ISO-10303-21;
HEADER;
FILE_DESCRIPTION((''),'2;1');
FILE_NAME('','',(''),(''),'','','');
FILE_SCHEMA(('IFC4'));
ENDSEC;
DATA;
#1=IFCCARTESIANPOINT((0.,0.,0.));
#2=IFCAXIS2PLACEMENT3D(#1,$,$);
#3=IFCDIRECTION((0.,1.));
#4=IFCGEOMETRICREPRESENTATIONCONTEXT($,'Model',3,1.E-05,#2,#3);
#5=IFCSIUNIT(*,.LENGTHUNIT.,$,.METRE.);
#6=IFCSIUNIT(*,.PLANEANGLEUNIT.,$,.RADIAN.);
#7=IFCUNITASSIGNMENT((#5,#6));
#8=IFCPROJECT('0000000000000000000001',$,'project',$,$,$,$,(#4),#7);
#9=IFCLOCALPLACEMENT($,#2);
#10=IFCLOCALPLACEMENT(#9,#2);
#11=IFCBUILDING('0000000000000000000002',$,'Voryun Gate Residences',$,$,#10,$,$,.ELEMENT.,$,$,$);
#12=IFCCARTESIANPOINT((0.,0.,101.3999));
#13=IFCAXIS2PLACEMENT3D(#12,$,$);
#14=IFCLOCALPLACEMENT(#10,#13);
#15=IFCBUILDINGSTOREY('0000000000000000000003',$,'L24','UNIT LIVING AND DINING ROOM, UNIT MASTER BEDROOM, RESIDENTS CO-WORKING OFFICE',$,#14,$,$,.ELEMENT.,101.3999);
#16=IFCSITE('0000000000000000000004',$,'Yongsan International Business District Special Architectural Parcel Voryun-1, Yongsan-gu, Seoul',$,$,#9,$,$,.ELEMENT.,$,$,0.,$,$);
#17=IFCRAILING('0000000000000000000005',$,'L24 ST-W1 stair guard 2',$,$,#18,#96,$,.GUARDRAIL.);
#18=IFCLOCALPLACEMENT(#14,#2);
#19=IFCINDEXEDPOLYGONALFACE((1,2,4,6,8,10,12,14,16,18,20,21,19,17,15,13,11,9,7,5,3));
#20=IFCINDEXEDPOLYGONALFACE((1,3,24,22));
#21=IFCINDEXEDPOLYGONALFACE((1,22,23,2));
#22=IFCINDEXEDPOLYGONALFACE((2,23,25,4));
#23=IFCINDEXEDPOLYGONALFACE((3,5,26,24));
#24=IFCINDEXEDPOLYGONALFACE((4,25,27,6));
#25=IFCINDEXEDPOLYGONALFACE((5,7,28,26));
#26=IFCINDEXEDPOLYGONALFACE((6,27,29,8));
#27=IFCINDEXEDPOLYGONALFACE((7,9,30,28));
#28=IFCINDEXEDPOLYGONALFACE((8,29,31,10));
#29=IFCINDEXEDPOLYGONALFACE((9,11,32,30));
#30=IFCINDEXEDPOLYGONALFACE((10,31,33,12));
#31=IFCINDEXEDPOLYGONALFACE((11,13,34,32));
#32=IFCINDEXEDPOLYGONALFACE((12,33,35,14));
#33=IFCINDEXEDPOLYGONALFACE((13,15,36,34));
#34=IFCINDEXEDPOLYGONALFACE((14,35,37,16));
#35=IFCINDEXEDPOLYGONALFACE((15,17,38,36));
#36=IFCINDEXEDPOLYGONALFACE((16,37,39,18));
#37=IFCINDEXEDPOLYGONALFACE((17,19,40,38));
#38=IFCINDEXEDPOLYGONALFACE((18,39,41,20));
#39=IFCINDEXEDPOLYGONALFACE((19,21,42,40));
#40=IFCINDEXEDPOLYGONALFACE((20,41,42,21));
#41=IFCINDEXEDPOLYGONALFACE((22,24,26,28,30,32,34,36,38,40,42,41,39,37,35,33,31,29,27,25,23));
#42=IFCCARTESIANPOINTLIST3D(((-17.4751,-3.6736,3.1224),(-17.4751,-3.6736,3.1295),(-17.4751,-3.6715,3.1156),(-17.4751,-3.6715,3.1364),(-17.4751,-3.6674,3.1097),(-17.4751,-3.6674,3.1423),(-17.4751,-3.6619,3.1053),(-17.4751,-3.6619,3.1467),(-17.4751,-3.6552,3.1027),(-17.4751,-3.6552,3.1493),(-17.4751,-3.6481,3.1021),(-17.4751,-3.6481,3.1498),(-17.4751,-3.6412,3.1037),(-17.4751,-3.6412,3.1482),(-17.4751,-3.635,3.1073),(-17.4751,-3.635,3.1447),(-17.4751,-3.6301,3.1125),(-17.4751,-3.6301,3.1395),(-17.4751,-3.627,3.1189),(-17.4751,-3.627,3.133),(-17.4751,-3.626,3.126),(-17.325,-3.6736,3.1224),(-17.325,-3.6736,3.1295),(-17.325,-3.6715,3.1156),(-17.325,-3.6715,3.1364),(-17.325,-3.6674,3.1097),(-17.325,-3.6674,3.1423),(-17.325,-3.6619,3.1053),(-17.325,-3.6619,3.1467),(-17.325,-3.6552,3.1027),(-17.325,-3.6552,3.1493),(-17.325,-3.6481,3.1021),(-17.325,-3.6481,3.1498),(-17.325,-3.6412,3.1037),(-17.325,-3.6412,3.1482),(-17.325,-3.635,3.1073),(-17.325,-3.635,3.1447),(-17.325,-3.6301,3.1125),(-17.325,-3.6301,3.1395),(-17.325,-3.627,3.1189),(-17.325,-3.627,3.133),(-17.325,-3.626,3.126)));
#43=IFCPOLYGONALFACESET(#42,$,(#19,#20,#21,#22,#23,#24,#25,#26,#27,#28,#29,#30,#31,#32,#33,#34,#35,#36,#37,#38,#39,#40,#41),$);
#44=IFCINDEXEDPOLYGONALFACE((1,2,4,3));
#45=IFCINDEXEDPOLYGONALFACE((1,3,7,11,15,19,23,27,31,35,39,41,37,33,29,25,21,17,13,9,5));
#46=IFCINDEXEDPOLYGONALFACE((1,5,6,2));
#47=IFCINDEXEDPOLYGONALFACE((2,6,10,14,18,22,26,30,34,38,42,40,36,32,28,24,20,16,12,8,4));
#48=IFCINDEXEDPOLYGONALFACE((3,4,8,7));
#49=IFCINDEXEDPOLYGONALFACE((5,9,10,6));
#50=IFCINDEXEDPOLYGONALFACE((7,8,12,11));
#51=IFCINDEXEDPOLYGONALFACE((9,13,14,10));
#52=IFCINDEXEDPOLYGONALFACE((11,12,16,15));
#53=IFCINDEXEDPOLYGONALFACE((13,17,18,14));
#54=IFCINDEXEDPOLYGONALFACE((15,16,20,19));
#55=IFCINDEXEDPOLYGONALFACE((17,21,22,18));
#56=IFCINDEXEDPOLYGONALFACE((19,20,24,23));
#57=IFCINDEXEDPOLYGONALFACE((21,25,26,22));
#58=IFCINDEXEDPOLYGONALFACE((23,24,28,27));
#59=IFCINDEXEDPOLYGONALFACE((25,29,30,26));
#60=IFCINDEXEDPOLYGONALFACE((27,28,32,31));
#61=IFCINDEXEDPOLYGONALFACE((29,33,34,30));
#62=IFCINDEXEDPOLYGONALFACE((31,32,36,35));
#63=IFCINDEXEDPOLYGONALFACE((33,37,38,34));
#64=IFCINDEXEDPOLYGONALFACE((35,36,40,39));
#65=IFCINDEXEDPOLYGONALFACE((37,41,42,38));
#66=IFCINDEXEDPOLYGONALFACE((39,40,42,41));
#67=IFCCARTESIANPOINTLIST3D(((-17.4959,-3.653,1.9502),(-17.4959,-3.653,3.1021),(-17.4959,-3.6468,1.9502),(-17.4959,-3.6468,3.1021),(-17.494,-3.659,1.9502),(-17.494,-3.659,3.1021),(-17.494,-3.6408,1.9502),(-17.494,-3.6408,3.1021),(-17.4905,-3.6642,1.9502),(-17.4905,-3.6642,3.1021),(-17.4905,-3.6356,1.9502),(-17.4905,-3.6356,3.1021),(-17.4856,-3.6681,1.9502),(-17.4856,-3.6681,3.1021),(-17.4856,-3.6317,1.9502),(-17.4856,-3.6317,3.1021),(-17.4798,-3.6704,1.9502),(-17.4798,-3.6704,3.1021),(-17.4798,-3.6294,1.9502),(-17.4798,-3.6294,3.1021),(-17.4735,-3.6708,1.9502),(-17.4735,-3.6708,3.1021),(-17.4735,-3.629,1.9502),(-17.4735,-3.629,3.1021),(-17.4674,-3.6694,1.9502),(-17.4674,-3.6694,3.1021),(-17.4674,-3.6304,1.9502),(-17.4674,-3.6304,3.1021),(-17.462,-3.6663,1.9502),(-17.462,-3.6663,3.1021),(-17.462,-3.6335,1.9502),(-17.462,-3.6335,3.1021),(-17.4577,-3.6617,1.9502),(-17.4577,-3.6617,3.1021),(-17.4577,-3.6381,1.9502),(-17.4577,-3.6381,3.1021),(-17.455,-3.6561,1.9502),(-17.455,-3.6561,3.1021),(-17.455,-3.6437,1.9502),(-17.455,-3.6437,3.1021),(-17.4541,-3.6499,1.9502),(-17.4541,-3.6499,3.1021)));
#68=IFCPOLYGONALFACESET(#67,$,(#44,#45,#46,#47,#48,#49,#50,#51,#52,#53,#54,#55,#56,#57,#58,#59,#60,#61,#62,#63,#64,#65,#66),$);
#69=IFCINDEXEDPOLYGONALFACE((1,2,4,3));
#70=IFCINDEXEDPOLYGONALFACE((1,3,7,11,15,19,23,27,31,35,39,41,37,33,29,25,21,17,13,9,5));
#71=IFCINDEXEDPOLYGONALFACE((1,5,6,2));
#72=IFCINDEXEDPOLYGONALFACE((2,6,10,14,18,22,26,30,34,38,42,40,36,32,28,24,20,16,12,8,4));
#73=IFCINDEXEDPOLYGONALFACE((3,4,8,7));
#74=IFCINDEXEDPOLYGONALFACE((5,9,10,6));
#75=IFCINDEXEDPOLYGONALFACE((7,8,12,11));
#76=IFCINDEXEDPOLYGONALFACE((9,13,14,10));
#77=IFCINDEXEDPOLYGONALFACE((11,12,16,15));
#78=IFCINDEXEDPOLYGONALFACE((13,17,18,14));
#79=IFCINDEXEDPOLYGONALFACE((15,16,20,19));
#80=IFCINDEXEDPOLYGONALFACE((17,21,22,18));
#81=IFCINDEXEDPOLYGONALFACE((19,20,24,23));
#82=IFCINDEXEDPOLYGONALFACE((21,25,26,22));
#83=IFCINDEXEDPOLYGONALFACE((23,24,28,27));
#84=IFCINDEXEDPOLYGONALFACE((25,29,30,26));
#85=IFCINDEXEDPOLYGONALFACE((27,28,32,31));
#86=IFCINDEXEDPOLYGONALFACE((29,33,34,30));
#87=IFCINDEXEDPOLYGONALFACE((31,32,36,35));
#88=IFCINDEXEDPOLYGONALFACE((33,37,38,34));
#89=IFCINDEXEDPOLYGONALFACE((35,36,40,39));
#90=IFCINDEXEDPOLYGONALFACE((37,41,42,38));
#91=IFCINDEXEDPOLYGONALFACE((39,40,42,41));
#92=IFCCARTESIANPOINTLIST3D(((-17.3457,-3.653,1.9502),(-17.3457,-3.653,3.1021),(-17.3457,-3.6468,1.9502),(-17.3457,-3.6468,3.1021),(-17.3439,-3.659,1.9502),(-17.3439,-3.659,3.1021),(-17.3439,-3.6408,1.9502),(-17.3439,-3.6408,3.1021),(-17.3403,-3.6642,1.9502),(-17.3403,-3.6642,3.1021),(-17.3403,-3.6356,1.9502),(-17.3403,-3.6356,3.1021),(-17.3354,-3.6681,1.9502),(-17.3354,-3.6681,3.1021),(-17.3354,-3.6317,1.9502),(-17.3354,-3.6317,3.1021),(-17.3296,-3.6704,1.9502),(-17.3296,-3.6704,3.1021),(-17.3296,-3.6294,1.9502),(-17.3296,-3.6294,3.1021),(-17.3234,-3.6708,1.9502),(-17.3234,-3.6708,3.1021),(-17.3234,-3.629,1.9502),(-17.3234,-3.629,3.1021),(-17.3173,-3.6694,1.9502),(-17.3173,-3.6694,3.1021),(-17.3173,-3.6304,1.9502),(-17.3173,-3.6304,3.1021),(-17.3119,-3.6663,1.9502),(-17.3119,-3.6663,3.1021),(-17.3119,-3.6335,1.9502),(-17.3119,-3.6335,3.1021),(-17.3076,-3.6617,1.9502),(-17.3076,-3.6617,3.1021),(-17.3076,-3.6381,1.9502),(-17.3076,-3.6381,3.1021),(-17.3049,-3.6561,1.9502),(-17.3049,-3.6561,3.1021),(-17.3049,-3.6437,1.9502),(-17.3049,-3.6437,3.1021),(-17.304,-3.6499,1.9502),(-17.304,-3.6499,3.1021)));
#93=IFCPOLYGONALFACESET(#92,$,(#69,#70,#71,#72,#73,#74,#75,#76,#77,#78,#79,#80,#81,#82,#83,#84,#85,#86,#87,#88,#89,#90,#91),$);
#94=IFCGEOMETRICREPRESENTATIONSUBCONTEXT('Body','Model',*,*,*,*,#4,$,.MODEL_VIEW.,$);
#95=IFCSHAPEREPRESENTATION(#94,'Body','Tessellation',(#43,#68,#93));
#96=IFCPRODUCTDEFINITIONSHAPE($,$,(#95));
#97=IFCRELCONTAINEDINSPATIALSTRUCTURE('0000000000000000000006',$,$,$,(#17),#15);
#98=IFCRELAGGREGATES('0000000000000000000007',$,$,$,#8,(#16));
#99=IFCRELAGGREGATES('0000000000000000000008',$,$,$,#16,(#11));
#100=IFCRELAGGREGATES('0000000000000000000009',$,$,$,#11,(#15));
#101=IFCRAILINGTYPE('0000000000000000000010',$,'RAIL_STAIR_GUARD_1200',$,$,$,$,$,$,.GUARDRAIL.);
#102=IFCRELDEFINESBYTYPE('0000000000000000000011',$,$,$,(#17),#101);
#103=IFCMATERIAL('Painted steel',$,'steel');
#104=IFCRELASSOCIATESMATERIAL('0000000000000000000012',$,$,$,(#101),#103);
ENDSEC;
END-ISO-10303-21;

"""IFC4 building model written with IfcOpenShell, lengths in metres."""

from ifc_helpers import new_model, si_unit, direction, frame, origin, origin_2d, place, context, subcontext, project, spatial, circle, extrude, material, type_object, element, save


model = new_model("IFC4")

# Units and contexts
model_context = context("Model", 3, precision=1e-05, world=origin(), true_north=direction((0.0, 1.0)))
body_context = subcontext(model_context, "Body", "Model", "MODEL_VIEW")
ifc_project = project(units=[si_unit("LENGTHUNIT", "METRE"), si_unit("PLANEANGLEUNIT", "RADIAN")], contexts=[model_context])

# Site, building, storey
site_placement = place(None, origin())
site = spatial("IfcSite", under=ifc_project, at=site_placement, Name="Yongsan International Business District Special Architectural Parcel Voryun-1, Yongsan-gu, Seoul", CompositionType="ELEMENT", RefElevation=0.0)
building_placement = place(site_placement, origin())
building = spatial("IfcBuilding", under=site, at=building_placement, Name="Voryun Gate Residences", CompositionType="ELEMENT")
storey_placement = place(building_placement, frame((0.0, 0.0, 101.3999)))
storey = spatial("IfcBuildingStorey", under=building, at=storey_placement, Name="L24", Description="UNIT LIVING AND DINING ROOM, UNIT MASTER BEDROOM, RESIDENTS CO-WORKING OFFICE", CompositionType="ELEMENT", Elevation=101.3999)

# Railing
ifc_material_1 = material(Name="Painted steel", Category="steel")
railing_type = type_object("IfcRailingType", Name="RAIL_STAIR_GUARD_1200", PredefinedType="GUARDRAIL", material=ifc_material_1)
railing_1_placement = place(storey_placement, frame((-17.4751, -3.6499, 1.9502)))
element("IfcRailing", 1, at=railing_1_placement, inside=storey, type_object=railing_type, Name="L24 ST-W1 stair guard 2", PredefinedType="GUARDRAIL", context=body_context, shape_type="SweptSolid", body=[
    extrude(circle(Radius=0.0239, at=origin_2d()), frame((0.0, 0.0, 1.1758), z_axis=(1.0, 0.0, 0.0), x_axis=(0.0, 1.0, 0.0)), (0.0, 0.0, 1.0), 0.1501),
    extrude(circle(Radius=0.021, at=origin_2d()), origin(), (0.0, 0.0, 1.0), 1.1519),
    extrude(circle(Radius=0.021, at=origin_2d()), frame((0.1501, 0.0, 0.0)), (0.0, 0.0, 1.0), 1.1519),
])

save(model, "model.ifc")
